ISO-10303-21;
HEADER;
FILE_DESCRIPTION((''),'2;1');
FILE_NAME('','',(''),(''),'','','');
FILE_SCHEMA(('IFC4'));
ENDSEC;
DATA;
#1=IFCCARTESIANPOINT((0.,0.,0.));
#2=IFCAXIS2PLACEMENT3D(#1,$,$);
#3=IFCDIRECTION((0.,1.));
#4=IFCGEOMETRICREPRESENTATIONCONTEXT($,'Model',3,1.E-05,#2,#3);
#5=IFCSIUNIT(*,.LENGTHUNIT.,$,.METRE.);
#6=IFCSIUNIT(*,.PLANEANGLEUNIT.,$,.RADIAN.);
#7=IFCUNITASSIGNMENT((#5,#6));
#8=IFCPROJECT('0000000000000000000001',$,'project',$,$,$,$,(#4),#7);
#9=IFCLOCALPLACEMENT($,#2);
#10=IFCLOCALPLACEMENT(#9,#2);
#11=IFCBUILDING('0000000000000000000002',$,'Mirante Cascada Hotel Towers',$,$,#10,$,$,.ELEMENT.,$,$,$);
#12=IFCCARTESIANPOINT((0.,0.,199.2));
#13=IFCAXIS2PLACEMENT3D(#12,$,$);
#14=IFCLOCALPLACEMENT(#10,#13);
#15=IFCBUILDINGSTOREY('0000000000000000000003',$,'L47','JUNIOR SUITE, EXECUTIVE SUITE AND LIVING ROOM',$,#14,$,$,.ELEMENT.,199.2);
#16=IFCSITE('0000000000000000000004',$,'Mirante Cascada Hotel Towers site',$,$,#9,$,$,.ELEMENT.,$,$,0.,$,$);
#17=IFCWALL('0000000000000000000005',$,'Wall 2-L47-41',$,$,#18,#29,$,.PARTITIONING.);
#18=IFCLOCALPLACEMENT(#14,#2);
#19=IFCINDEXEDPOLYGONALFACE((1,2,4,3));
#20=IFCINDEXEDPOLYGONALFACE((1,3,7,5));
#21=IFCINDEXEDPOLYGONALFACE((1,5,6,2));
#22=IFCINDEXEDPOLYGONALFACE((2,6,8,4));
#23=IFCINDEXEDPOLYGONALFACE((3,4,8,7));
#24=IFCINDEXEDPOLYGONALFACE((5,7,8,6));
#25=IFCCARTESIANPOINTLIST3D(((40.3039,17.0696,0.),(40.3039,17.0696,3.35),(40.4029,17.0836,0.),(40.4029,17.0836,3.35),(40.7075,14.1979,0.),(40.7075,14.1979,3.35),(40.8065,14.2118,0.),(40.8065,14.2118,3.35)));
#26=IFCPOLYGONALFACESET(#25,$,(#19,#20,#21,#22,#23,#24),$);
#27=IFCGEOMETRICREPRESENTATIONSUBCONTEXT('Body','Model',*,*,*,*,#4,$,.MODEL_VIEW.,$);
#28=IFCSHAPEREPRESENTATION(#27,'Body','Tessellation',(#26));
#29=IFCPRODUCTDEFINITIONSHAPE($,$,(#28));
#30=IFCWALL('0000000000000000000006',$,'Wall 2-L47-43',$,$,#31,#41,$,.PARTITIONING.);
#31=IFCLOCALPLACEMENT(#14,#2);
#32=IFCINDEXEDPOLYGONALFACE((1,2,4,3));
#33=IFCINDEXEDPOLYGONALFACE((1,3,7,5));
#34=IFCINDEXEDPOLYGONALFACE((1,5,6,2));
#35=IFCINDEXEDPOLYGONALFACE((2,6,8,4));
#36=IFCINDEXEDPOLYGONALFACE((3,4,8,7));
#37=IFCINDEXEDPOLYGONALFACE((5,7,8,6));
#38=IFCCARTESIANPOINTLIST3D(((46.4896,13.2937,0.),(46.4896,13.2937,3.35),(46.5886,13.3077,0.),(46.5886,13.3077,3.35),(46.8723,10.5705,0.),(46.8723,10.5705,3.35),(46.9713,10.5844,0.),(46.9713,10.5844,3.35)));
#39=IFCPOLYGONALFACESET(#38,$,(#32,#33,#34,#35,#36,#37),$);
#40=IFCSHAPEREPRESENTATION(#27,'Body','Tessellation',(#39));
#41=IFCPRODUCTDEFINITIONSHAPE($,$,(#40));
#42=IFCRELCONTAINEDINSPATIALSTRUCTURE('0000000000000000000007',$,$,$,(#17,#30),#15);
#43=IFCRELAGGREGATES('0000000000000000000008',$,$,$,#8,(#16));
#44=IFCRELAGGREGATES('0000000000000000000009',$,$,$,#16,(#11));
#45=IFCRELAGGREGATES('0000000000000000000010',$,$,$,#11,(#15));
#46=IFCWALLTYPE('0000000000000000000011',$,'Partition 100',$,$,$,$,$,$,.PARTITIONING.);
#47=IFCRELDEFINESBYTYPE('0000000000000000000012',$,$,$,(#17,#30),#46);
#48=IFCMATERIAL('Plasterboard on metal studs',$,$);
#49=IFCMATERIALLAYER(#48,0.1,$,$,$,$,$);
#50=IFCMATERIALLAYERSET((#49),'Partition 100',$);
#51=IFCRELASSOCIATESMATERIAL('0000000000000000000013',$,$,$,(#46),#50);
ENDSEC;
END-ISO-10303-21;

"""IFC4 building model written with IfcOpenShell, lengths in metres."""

from ifc_helpers import new_model, si_unit, direction, frame, frame_2d, origin, place, context, subcontext, project, spatial, rectangle, extrude, material, layer, layer_set, type_object, element, save


model = new_model("IFC4")

# Units and contexts
model_context = context("Model", 3, precision=1e-05, world=origin(), true_north=direction((0.0, 1.0)))
body_context = subcontext(model_context, "Body", "Model", "MODEL_VIEW")
ifc_project = project(units=[si_unit("LENGTHUNIT", "METRE"), si_unit("PLANEANGLEUNIT", "RADIAN")], contexts=[model_context])

# Site, building, storey
site_placement = place(None, origin())
site = spatial("IfcSite", under=ifc_project, at=site_placement, Name="Mirante Cascada Hotel Towers site", CompositionType="ELEMENT", RefElevation=0.0)
building_placement = place(site_placement, origin())
building = spatial("IfcBuilding", under=site, at=building_placement, Name="Mirante Cascada Hotel Towers", CompositionType="ELEMENT")
storey_placement = place(building_placement, frame((0.0, 0.0, 199.2)))
storey = spatial("IfcBuildingStorey", under=building, at=storey_placement, Name="L47", Description="JUNIOR SUITE, EXECUTIVE SUITE AND LIVING ROOM", CompositionType="ELEMENT", Elevation=199.2)

# Shared definitions
ifc_material_1 = material(Name="Plasterboard on metal studs")
ifc_layer_1 = layer(ifc_material_1, 0.1)
ifc_layer_set_1 = layer_set([ifc_layer_1], Name="Partition 100")
wall_type_1 = type_object("IfcWallType", Name="Partition 100", PredefinedType="PARTITIONING", material=ifc_layer_set_1)

# Walls
wall_1_placement = place(storey_placement, frame((40.3534, 17.0766, 0.0), z_axis=(0.0, 0.0, 1.0), x_axis=(0.139171, -0.990268, 0.0)))
element("IfcWall", 1, at=wall_1_placement, inside=storey, type_object=wall_type_1, Name="Wall 2-L47-41", PredefinedType="PARTITIONING", context=body_context, shape_type="SweptSolid", body=[
    extrude(rectangle(XDim=2.9, YDim=0.1, at=frame_2d((1.45, 0.0))), origin(), (0.0, 0.0, 1.0), 3.35),
])
wall_2_placement = place(storey_placement, frame((46.5391, 13.3007, 0.0), z_axis=(0.0, 0.0, 1.0), x_axis=(0.139166, -0.990269, 0.0)))
element("IfcWall", 2, at=wall_2_placement, inside=storey, type_object=wall_type_1, Name="Wall 2-L47-43", PredefinedType="PARTITIONING", context=body_context, shape_type="SweptSolid", body=[
    extrude(rectangle(XDim=2.75, YDim=0.1, at=frame_2d((1.375, 0.0))), origin(), (0.0, 0.0, 1.0), 3.35),
])

save(model, "model.ifc")
